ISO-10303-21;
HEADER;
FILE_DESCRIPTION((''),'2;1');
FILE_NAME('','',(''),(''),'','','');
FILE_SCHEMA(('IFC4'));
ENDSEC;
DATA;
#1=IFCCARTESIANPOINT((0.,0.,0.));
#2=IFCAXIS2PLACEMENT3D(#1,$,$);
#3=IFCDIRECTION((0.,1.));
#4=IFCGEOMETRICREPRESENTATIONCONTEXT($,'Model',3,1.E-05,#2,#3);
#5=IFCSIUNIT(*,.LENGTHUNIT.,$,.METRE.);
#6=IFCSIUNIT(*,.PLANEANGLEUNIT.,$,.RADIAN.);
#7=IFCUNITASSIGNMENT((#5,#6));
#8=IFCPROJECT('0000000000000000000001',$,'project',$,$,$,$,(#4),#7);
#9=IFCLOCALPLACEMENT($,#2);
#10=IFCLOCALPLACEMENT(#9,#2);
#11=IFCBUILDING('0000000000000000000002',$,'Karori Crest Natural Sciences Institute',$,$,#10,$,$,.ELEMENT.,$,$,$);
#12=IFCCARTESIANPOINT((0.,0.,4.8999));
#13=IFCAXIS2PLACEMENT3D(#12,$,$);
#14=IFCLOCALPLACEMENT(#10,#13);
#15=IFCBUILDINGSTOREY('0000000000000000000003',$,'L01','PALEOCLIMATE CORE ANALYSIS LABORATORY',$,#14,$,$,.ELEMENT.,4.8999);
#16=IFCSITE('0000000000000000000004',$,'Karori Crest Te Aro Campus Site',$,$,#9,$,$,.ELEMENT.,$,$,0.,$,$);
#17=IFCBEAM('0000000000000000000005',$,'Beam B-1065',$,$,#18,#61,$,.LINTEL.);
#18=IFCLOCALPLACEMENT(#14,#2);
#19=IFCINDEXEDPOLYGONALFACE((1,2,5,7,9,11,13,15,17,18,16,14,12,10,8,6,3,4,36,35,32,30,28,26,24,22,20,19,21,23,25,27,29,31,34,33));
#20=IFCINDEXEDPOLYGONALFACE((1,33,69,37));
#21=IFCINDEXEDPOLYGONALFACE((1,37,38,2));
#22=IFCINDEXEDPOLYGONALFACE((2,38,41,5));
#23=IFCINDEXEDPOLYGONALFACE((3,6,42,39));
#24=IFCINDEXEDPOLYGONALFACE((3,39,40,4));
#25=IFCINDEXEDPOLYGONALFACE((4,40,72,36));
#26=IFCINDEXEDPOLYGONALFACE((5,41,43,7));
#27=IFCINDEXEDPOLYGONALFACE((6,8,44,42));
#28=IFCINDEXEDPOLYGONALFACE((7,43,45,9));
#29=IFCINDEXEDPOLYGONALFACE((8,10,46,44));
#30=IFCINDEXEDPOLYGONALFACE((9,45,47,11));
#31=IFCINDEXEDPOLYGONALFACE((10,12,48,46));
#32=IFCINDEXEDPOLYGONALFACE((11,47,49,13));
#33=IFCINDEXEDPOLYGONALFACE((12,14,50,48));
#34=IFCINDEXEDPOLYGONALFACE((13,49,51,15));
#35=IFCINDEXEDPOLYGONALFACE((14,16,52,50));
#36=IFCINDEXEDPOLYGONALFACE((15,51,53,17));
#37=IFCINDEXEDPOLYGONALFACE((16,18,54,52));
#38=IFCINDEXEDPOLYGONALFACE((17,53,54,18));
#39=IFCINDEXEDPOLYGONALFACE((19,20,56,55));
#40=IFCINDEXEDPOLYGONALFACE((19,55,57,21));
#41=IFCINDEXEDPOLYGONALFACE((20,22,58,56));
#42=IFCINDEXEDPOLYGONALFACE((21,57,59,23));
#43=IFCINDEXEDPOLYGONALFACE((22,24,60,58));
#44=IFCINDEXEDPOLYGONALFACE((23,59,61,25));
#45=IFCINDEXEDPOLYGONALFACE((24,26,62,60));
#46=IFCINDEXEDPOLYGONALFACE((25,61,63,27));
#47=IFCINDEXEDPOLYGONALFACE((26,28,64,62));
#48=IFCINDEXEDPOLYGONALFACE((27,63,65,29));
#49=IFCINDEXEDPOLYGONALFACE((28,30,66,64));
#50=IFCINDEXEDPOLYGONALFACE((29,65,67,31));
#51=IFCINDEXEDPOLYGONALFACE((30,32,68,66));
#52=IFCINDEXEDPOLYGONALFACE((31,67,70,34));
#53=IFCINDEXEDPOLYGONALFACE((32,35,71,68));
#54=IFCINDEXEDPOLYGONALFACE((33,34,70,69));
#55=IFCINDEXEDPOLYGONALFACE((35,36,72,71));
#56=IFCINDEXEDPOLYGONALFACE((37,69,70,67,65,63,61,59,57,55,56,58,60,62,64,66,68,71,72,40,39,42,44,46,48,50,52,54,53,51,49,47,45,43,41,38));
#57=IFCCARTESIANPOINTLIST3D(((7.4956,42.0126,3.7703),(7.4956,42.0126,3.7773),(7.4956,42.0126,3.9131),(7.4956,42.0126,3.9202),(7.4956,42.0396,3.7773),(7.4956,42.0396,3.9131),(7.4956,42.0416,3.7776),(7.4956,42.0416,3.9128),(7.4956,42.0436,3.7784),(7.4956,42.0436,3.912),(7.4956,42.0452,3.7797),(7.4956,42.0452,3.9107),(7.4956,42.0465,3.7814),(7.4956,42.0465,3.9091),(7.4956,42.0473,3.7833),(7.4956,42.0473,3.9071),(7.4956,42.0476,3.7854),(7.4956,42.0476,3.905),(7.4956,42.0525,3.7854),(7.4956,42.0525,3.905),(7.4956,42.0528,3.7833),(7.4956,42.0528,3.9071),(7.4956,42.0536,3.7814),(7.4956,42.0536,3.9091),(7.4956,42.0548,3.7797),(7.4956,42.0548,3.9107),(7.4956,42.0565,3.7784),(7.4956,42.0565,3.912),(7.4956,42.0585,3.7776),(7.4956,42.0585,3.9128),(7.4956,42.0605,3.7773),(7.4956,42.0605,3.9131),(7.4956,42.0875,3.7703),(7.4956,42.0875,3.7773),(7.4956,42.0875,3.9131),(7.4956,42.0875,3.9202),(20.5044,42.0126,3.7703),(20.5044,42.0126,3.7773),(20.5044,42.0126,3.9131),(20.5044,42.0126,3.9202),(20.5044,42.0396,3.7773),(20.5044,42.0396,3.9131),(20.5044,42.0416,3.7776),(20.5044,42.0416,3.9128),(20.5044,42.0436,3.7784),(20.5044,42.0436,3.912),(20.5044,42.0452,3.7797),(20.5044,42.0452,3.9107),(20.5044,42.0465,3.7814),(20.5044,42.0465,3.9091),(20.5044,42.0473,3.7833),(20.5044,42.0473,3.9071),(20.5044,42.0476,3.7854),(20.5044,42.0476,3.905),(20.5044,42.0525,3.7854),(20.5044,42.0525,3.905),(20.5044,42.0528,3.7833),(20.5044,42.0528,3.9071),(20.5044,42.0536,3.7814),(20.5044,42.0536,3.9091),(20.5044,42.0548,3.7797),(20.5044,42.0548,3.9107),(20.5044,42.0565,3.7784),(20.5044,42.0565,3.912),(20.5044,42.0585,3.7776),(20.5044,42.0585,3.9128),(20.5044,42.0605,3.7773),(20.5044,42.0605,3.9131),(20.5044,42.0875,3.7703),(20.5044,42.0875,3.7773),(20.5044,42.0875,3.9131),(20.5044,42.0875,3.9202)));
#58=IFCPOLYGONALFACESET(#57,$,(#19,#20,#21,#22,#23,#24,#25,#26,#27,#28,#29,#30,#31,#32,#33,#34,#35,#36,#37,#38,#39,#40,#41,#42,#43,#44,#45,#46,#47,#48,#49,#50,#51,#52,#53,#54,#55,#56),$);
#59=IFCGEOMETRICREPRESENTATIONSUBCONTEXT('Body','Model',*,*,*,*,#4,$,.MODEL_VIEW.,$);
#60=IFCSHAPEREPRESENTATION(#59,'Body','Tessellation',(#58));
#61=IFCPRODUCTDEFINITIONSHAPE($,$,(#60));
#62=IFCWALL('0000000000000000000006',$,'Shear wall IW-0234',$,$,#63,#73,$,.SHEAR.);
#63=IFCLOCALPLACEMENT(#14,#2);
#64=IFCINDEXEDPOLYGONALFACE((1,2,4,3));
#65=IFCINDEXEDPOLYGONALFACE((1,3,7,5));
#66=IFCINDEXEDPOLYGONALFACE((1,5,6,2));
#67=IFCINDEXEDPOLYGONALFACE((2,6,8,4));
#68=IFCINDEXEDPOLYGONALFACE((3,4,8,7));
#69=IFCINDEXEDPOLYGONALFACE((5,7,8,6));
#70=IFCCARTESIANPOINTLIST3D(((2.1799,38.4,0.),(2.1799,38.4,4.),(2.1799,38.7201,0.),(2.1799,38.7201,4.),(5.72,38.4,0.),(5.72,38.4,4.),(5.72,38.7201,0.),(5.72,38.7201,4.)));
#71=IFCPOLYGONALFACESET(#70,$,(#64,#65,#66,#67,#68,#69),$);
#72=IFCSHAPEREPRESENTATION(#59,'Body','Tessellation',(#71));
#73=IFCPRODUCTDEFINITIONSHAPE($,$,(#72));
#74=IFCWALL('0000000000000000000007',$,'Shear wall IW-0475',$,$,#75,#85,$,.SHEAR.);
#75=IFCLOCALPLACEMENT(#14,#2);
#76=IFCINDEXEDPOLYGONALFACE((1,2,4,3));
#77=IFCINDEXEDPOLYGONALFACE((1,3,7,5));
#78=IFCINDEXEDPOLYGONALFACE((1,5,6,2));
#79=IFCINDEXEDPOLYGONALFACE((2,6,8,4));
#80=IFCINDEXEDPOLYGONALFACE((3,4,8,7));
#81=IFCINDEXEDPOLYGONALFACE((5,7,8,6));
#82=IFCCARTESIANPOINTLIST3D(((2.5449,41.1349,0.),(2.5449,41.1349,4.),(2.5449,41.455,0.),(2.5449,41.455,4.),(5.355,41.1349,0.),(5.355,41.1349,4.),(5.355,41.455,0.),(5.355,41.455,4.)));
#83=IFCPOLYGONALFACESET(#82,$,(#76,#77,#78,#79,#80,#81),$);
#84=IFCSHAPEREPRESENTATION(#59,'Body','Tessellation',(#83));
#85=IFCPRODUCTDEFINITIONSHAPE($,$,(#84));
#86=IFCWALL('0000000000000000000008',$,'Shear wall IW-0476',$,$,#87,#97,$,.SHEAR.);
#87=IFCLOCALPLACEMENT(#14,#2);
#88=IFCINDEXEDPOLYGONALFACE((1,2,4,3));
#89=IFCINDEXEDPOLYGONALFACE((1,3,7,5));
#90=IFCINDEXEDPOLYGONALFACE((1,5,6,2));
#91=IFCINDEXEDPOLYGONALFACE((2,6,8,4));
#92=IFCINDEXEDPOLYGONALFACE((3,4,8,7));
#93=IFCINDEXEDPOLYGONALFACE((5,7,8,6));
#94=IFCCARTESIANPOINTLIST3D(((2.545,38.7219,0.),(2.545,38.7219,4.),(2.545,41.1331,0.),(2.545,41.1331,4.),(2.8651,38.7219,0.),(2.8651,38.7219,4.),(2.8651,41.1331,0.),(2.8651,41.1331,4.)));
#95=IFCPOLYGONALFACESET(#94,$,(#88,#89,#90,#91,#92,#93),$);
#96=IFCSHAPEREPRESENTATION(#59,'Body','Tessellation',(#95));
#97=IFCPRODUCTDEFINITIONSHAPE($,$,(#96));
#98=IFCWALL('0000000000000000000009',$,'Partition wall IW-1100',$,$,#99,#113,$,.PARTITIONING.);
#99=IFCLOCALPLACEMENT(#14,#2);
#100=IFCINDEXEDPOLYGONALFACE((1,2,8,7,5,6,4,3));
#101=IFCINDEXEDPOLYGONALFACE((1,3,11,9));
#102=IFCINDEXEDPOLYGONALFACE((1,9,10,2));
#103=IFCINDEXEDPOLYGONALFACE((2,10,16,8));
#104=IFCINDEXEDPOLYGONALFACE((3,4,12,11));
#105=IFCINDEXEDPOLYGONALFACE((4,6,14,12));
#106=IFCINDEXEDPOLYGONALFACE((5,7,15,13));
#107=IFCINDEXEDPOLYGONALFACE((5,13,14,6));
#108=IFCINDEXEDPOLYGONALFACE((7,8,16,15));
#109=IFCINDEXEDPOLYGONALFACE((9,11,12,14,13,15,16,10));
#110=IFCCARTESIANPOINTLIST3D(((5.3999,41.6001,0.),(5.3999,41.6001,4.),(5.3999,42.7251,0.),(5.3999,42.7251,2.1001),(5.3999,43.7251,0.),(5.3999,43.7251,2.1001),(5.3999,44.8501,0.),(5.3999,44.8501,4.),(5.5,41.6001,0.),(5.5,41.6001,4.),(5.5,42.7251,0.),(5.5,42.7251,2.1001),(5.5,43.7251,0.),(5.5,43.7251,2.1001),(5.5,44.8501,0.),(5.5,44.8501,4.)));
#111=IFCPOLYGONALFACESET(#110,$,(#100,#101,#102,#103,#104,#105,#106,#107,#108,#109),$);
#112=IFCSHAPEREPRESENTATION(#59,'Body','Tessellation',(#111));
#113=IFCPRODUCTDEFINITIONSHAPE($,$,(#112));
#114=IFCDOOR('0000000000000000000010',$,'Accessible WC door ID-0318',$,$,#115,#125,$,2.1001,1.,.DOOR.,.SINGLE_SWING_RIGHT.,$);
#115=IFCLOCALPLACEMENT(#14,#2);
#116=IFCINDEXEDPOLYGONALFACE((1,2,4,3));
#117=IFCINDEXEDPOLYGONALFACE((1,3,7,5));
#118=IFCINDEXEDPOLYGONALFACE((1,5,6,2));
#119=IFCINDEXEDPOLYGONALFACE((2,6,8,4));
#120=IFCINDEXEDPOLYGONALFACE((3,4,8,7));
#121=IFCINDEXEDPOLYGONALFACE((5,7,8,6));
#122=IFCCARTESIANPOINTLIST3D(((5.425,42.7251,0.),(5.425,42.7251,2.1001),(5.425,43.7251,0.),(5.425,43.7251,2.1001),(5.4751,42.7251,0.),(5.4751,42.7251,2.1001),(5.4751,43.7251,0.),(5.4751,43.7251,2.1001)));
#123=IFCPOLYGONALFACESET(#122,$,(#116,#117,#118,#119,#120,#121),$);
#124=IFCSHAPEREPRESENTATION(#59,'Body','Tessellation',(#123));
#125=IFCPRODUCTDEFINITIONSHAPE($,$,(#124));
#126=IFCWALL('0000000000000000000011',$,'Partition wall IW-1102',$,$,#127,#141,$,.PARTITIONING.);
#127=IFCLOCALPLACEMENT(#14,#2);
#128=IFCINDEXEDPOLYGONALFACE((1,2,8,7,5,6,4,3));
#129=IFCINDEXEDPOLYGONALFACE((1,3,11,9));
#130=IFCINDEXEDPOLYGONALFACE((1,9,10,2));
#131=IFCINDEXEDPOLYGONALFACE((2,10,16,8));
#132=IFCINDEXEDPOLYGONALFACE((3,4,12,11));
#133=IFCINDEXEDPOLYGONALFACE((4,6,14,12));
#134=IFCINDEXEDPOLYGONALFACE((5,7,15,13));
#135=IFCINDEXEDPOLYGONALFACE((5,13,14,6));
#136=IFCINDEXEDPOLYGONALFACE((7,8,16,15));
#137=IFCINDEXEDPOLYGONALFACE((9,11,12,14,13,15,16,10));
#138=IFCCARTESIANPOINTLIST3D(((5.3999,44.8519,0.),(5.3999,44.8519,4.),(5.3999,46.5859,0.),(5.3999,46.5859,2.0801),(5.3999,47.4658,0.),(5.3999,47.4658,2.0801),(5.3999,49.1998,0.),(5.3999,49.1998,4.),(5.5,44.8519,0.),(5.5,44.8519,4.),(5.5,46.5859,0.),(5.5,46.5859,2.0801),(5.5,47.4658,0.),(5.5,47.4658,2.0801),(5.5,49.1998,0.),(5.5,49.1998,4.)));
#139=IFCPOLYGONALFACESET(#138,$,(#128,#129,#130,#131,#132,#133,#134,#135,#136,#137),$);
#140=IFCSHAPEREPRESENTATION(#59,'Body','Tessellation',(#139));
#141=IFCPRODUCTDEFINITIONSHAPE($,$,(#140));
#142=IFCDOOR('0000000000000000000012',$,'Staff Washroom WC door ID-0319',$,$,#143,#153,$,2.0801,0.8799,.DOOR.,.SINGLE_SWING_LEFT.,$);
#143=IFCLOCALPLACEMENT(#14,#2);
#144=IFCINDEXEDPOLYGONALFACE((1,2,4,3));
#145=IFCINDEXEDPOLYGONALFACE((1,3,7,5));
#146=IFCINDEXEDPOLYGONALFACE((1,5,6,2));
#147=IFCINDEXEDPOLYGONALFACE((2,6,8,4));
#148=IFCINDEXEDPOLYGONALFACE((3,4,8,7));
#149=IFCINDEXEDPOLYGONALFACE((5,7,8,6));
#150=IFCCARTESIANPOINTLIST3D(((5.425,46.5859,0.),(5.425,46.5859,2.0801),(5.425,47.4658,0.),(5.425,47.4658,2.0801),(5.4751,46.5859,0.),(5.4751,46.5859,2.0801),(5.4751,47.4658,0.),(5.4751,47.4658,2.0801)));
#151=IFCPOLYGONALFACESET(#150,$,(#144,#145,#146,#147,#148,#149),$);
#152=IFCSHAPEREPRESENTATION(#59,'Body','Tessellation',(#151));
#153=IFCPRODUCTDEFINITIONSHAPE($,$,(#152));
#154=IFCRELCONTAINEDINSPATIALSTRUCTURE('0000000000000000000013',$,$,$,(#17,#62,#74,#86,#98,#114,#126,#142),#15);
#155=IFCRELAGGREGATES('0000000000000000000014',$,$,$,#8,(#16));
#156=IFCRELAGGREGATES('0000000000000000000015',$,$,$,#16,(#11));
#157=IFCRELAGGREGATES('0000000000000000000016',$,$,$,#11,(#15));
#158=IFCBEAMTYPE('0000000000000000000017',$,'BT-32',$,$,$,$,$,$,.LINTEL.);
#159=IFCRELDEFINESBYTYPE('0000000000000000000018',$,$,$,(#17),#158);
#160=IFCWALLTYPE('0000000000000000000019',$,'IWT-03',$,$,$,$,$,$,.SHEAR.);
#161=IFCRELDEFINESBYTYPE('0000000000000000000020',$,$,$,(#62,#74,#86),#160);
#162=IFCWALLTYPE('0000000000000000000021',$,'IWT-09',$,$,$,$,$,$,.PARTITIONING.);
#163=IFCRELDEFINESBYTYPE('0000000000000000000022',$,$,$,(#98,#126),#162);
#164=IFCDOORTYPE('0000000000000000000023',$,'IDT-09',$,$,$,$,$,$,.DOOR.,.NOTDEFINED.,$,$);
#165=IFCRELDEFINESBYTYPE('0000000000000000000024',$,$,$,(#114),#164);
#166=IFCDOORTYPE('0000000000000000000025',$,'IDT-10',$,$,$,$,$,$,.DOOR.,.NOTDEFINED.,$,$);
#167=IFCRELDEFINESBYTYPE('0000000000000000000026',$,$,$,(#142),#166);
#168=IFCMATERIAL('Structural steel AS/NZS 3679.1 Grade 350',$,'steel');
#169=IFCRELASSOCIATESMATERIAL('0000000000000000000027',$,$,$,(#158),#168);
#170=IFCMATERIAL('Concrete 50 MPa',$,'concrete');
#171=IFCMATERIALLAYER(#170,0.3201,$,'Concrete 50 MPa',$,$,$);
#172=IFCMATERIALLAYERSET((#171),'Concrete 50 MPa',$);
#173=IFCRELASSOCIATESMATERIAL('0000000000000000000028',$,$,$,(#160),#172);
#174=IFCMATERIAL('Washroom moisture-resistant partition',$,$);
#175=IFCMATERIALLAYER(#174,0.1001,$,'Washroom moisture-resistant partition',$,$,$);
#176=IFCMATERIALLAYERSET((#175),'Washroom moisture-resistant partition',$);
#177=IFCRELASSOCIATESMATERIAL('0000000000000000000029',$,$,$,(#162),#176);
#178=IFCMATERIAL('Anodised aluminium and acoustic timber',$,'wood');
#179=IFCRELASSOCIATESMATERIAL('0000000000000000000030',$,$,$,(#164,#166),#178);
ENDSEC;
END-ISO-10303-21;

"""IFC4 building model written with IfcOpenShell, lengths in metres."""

from ifc_helpers import new_model, si_unit, direction, frame, frame_2d, origin, origin_2d, place, context, subcontext, project, spatial, rectangle, i_section, extrude, material, layer, layer_set, material_profile, profile_set, type_object, element, fill, save


model = new_model("IFC4")

# Units and contexts
model_context = context("Model", 3, precision=1e-05, world=origin(), true_north=direction((0.0, 1.0)))
body_context = subcontext(model_context, "Body", "Model", "MODEL_VIEW")
ifc_project = project(units=[si_unit("LENGTHUNIT", "METRE"), si_unit("PLANEANGLEUNIT", "RADIAN")], contexts=[model_context])

# Site, building, storey
site_placement = place(None, origin())
site = spatial("IfcSite", under=ifc_project, at=site_placement, Name="Karori Crest Te Aro Campus Site", CompositionType="ELEMENT", RefElevation=0.0)
building_placement = place(site_placement, origin())
building = spatial("IfcBuilding", under=site, at=building_placement, Name="Karori Crest Natural Sciences Institute", CompositionType="ELEMENT")
storey_placement = place(building_placement, frame((0.0, 0.0, 4.8999)))
storey = spatial("IfcBuildingStorey", under=building, at=storey_placement, Name="L01", Description="PALEOCLIMATE CORE ANALYSIS LABORATORY", CompositionType="ELEMENT", Elevation=4.8999)

# Shared definitions
ifc_material_1 = material(Name="Structural steel AS/NZS 3679.1 Grade 350", Category="steel")

# Beam
ifc_material_profile_1 = material_profile(ifc_material_1, i_section(OverallWidth=0.075, OverallDepth=0.1499, WebThickness=0.0049, FlangeThickness=0.0071, FilletRadius=0.0081, at=origin_2d()), Name="150UB14.0")
ifc_profile_set_1 = profile_set([ifc_material_profile_1], Name="Structural steel AS/NZS 3679.1 Grade 350")
beam_type_1 = type_object("IfcBeamType", Name="BT-32", PredefinedType="LINTEL", material=ifc_profile_set_1)
beam_1_placement = place(storey_placement, frame((7.4956, 42.05, 3.8452), z_axis=(1.0, 0.0, 0.0), x_axis=(0.0, 1.0, 0.0)))
element("IfcBeam", 1, at=beam_1_placement, inside=storey, type_object=beam_type_1, Name="Beam B-1065", PredefinedType="LINTEL", context=body_context, shape_type="SweptSolid", body=[
    extrude(i_section(OverallWidth=0.075, OverallDepth=0.1499, WebThickness=0.0049, FlangeThickness=0.0071, FilletRadius=0.0081, at=origin_2d()), origin(), (0.0, 0.0, 1.0), 13.0088),
])

# Walls
ifc_material_2 = material(Name="Concrete 50 MPa", Category="concrete")
ifc_layer_1 = layer(ifc_material_2, 0.3201, Name="Concrete 50 MPa")
ifc_layer_set_1 = layer_set([ifc_layer_1], Name="Concrete 50 MPa")
wall_type_1 = type_object("IfcWallType", Name="IWT-03", PredefinedType="SHEAR", material=ifc_layer_set_1)
wall_1_placement = place(storey_placement, frame((2.1799, 38.5601, 0.0), z_axis=(0.0, 0.0, 1.0), x_axis=(1.0, 0.0, 0.0)))
element("IfcWall", 2, at=wall_1_placement, inside=storey, type_object=wall_type_1, Name="Shear wall IW-0234", PredefinedType="SHEAR", context=body_context, shape_type="SweptSolid", body=[
    extrude(rectangle(XDim=3.54, YDim=0.3201, at=frame_2d((1.77, 0.0))), origin(), (0.0, 0.0, 1.0), 4.0),
])
wall_2_placement = place(storey_placement, frame((2.5449, 41.2949, 0.0), z_axis=(0.0, 0.0, 1.0), x_axis=(1.0, 0.0, 0.0)))
element("IfcWall", 3, at=wall_2_placement, inside=storey, type_object=wall_type_1, Name="Shear wall IW-0475", PredefinedType="SHEAR", context=body_context, shape_type="SweptSolid", body=[
    extrude(rectangle(XDim=2.8101, YDim=0.3201, at=frame_2d((1.405, 0.0))), origin(), (0.0, 0.0, 1.0), 4.0),
])
wall_3_placement = place(storey_placement, frame((2.7051, 38.7219, 0.0), z_axis=(0.0, 0.0, 1.0), x_axis=(0.0, 1.0, 0.0)))
element("IfcWall", 4, at=wall_3_placement, inside=storey, type_object=wall_type_1, Name="Shear wall IW-0476", PredefinedType="SHEAR", context=body_context, shape_type="SweptSolid", body=[
    extrude(rectangle(XDim=2.4111, YDim=0.3201, at=frame_2d((1.2056, 0.0))), origin(), (0.0, 0.0, 1.0), 4.0),
])

# Walls, openings, doors
ifc_material_3 = material(Name="Washroom moisture-resistant partition")
ifc_layer_2 = layer(ifc_material_3, 0.1001, Name="Washroom moisture-resistant partition")
ifc_layer_set_2 = layer_set([ifc_layer_2], Name="Washroom moisture-resistant partition")
wall_type_2 = type_object("IfcWallType", Name="IWT-09", PredefinedType="PARTITIONING", material=ifc_layer_set_2)
wall_4_placement = place(storey_placement, frame((5.45, 41.6001, 0.0), z_axis=(0.0, 0.0, 1.0), x_axis=(0.0, 1.0, 0.0)))
wall_4 = element("IfcWall", 5, at=wall_4_placement, inside=storey, type_object=wall_type_2, Name="Partition wall IW-1100", PredefinedType="PARTITIONING", context=body_context, shape_type="SweptSolid", body=[
    extrude(rectangle(XDim=3.25, YDim=0.1001, at=frame_2d((1.625, 0.0))), origin(), (0.0, 0.0, 1.0), 4.0),
])
opening_1_placement = place(wall_4_placement, frame((1.125, 0.0, 0.0)))
opening_1 = element("IfcOpeningElement", 6, at=opening_1_placement, cuts=wall_4, PredefinedType="OPENING", context=body_context, shape_type="SweptSolid", body=[
    extrude(rectangle(XDim=1.0, YDim=2.1001, at=frame_2d((0.5, 1.05))), frame((0.0, 0.0601, 0.0), z_axis=(0.0, -1.0, 0.0), x_axis=(1.0, 0.0, 0.0)), (0.0, 0.0, 1.0), 0.1201),
])
ifc_material_4 = material(Name="Anodised aluminium and acoustic timber", Category="wood")
door_type_1 = type_object("IfcDoorType", Name="IDT-09", OperationType="NOTDEFINED", PredefinedType="DOOR", material=ifc_material_4)
door_1_placement = place(opening_1_placement, origin())
door_1 = element("IfcDoor", 7, at=door_1_placement, inside=storey, type_object=door_type_1, Name="Accessible WC door ID-0318", OperationType="SINGLE_SWING_RIGHT", OverallHeight=2.1001, OverallWidth=1.0, PredefinedType="DOOR", context=body_context, shape_type="SweptSolid", body=[
    extrude(rectangle(XDim=1.0, YDim=2.1001, at=frame_2d((0.5, 1.05))), frame((0.0, 0.0249, 0.0), z_axis=(0.0, -1.0, 0.0), x_axis=(1.0, 0.0, 0.0)), (0.0, 0.0, 1.0), 0.05),
])
fill(opening_1, door_1)
wall_5_placement = place(storey_placement, frame((5.45, 44.8521, 0.0), z_axis=(0.0, 0.0, 1.0), x_axis=(0.0, 1.0, 0.0)))
wall_5 = element("IfcWall", 8, at=wall_5_placement, inside=storey, type_object=wall_type_2, Name="Partition wall IW-1102", PredefinedType="PARTITIONING", context=body_context, shape_type="SweptSolid", body=[
    extrude(rectangle(XDim=4.3479, YDim=0.1001, at=frame_2d((2.1738, 0.0))), origin(), (0.0, 0.0, 1.0), 4.0),
])
opening_2_placement = place(wall_5_placement, frame((1.7339, 0.0, 0.0)))
opening_2 = element("IfcOpeningElement", 9, at=opening_2_placement, cuts=wall_5, PredefinedType="OPENING", context=body_context, shape_type="SweptSolid", body=[
    extrude(rectangle(XDim=0.8799, YDim=2.0801, at=frame_2d((0.4399, 1.04))), frame((0.0, 0.0601, 0.0), z_axis=(0.0, -1.0, 0.0), x_axis=(1.0, 0.0, 0.0)), (0.0, 0.0, 1.0), 0.1201),
])
door_type_2 = type_object("IfcDoorType", Name="IDT-10", OperationType="NOTDEFINED", PredefinedType="DOOR", material=ifc_material_4)
door_2_placement = place(opening_2_placement, origin())
door_2 = element("IfcDoor", 10, at=door_2_placement, inside=storey, type_object=door_type_2, Name="Staff Washroom WC door ID-0319", OperationType="SINGLE_SWING_LEFT", OverallHeight=2.0801, OverallWidth=0.8799, PredefinedType="DOOR", context=body_context, shape_type="SweptSolid", body=[
    extrude(rectangle(XDim=0.8799, YDim=2.0801, at=frame_2d((0.4399, 1.04))), frame((0.0, 0.0249, 0.0), z_axis=(0.0, -1.0, 0.0), x_axis=(1.0, 0.0, 0.0)), (0.0, 0.0, 1.0), 0.05),
])
fill(opening_2, door_2)

save(model, "model.ifc")
